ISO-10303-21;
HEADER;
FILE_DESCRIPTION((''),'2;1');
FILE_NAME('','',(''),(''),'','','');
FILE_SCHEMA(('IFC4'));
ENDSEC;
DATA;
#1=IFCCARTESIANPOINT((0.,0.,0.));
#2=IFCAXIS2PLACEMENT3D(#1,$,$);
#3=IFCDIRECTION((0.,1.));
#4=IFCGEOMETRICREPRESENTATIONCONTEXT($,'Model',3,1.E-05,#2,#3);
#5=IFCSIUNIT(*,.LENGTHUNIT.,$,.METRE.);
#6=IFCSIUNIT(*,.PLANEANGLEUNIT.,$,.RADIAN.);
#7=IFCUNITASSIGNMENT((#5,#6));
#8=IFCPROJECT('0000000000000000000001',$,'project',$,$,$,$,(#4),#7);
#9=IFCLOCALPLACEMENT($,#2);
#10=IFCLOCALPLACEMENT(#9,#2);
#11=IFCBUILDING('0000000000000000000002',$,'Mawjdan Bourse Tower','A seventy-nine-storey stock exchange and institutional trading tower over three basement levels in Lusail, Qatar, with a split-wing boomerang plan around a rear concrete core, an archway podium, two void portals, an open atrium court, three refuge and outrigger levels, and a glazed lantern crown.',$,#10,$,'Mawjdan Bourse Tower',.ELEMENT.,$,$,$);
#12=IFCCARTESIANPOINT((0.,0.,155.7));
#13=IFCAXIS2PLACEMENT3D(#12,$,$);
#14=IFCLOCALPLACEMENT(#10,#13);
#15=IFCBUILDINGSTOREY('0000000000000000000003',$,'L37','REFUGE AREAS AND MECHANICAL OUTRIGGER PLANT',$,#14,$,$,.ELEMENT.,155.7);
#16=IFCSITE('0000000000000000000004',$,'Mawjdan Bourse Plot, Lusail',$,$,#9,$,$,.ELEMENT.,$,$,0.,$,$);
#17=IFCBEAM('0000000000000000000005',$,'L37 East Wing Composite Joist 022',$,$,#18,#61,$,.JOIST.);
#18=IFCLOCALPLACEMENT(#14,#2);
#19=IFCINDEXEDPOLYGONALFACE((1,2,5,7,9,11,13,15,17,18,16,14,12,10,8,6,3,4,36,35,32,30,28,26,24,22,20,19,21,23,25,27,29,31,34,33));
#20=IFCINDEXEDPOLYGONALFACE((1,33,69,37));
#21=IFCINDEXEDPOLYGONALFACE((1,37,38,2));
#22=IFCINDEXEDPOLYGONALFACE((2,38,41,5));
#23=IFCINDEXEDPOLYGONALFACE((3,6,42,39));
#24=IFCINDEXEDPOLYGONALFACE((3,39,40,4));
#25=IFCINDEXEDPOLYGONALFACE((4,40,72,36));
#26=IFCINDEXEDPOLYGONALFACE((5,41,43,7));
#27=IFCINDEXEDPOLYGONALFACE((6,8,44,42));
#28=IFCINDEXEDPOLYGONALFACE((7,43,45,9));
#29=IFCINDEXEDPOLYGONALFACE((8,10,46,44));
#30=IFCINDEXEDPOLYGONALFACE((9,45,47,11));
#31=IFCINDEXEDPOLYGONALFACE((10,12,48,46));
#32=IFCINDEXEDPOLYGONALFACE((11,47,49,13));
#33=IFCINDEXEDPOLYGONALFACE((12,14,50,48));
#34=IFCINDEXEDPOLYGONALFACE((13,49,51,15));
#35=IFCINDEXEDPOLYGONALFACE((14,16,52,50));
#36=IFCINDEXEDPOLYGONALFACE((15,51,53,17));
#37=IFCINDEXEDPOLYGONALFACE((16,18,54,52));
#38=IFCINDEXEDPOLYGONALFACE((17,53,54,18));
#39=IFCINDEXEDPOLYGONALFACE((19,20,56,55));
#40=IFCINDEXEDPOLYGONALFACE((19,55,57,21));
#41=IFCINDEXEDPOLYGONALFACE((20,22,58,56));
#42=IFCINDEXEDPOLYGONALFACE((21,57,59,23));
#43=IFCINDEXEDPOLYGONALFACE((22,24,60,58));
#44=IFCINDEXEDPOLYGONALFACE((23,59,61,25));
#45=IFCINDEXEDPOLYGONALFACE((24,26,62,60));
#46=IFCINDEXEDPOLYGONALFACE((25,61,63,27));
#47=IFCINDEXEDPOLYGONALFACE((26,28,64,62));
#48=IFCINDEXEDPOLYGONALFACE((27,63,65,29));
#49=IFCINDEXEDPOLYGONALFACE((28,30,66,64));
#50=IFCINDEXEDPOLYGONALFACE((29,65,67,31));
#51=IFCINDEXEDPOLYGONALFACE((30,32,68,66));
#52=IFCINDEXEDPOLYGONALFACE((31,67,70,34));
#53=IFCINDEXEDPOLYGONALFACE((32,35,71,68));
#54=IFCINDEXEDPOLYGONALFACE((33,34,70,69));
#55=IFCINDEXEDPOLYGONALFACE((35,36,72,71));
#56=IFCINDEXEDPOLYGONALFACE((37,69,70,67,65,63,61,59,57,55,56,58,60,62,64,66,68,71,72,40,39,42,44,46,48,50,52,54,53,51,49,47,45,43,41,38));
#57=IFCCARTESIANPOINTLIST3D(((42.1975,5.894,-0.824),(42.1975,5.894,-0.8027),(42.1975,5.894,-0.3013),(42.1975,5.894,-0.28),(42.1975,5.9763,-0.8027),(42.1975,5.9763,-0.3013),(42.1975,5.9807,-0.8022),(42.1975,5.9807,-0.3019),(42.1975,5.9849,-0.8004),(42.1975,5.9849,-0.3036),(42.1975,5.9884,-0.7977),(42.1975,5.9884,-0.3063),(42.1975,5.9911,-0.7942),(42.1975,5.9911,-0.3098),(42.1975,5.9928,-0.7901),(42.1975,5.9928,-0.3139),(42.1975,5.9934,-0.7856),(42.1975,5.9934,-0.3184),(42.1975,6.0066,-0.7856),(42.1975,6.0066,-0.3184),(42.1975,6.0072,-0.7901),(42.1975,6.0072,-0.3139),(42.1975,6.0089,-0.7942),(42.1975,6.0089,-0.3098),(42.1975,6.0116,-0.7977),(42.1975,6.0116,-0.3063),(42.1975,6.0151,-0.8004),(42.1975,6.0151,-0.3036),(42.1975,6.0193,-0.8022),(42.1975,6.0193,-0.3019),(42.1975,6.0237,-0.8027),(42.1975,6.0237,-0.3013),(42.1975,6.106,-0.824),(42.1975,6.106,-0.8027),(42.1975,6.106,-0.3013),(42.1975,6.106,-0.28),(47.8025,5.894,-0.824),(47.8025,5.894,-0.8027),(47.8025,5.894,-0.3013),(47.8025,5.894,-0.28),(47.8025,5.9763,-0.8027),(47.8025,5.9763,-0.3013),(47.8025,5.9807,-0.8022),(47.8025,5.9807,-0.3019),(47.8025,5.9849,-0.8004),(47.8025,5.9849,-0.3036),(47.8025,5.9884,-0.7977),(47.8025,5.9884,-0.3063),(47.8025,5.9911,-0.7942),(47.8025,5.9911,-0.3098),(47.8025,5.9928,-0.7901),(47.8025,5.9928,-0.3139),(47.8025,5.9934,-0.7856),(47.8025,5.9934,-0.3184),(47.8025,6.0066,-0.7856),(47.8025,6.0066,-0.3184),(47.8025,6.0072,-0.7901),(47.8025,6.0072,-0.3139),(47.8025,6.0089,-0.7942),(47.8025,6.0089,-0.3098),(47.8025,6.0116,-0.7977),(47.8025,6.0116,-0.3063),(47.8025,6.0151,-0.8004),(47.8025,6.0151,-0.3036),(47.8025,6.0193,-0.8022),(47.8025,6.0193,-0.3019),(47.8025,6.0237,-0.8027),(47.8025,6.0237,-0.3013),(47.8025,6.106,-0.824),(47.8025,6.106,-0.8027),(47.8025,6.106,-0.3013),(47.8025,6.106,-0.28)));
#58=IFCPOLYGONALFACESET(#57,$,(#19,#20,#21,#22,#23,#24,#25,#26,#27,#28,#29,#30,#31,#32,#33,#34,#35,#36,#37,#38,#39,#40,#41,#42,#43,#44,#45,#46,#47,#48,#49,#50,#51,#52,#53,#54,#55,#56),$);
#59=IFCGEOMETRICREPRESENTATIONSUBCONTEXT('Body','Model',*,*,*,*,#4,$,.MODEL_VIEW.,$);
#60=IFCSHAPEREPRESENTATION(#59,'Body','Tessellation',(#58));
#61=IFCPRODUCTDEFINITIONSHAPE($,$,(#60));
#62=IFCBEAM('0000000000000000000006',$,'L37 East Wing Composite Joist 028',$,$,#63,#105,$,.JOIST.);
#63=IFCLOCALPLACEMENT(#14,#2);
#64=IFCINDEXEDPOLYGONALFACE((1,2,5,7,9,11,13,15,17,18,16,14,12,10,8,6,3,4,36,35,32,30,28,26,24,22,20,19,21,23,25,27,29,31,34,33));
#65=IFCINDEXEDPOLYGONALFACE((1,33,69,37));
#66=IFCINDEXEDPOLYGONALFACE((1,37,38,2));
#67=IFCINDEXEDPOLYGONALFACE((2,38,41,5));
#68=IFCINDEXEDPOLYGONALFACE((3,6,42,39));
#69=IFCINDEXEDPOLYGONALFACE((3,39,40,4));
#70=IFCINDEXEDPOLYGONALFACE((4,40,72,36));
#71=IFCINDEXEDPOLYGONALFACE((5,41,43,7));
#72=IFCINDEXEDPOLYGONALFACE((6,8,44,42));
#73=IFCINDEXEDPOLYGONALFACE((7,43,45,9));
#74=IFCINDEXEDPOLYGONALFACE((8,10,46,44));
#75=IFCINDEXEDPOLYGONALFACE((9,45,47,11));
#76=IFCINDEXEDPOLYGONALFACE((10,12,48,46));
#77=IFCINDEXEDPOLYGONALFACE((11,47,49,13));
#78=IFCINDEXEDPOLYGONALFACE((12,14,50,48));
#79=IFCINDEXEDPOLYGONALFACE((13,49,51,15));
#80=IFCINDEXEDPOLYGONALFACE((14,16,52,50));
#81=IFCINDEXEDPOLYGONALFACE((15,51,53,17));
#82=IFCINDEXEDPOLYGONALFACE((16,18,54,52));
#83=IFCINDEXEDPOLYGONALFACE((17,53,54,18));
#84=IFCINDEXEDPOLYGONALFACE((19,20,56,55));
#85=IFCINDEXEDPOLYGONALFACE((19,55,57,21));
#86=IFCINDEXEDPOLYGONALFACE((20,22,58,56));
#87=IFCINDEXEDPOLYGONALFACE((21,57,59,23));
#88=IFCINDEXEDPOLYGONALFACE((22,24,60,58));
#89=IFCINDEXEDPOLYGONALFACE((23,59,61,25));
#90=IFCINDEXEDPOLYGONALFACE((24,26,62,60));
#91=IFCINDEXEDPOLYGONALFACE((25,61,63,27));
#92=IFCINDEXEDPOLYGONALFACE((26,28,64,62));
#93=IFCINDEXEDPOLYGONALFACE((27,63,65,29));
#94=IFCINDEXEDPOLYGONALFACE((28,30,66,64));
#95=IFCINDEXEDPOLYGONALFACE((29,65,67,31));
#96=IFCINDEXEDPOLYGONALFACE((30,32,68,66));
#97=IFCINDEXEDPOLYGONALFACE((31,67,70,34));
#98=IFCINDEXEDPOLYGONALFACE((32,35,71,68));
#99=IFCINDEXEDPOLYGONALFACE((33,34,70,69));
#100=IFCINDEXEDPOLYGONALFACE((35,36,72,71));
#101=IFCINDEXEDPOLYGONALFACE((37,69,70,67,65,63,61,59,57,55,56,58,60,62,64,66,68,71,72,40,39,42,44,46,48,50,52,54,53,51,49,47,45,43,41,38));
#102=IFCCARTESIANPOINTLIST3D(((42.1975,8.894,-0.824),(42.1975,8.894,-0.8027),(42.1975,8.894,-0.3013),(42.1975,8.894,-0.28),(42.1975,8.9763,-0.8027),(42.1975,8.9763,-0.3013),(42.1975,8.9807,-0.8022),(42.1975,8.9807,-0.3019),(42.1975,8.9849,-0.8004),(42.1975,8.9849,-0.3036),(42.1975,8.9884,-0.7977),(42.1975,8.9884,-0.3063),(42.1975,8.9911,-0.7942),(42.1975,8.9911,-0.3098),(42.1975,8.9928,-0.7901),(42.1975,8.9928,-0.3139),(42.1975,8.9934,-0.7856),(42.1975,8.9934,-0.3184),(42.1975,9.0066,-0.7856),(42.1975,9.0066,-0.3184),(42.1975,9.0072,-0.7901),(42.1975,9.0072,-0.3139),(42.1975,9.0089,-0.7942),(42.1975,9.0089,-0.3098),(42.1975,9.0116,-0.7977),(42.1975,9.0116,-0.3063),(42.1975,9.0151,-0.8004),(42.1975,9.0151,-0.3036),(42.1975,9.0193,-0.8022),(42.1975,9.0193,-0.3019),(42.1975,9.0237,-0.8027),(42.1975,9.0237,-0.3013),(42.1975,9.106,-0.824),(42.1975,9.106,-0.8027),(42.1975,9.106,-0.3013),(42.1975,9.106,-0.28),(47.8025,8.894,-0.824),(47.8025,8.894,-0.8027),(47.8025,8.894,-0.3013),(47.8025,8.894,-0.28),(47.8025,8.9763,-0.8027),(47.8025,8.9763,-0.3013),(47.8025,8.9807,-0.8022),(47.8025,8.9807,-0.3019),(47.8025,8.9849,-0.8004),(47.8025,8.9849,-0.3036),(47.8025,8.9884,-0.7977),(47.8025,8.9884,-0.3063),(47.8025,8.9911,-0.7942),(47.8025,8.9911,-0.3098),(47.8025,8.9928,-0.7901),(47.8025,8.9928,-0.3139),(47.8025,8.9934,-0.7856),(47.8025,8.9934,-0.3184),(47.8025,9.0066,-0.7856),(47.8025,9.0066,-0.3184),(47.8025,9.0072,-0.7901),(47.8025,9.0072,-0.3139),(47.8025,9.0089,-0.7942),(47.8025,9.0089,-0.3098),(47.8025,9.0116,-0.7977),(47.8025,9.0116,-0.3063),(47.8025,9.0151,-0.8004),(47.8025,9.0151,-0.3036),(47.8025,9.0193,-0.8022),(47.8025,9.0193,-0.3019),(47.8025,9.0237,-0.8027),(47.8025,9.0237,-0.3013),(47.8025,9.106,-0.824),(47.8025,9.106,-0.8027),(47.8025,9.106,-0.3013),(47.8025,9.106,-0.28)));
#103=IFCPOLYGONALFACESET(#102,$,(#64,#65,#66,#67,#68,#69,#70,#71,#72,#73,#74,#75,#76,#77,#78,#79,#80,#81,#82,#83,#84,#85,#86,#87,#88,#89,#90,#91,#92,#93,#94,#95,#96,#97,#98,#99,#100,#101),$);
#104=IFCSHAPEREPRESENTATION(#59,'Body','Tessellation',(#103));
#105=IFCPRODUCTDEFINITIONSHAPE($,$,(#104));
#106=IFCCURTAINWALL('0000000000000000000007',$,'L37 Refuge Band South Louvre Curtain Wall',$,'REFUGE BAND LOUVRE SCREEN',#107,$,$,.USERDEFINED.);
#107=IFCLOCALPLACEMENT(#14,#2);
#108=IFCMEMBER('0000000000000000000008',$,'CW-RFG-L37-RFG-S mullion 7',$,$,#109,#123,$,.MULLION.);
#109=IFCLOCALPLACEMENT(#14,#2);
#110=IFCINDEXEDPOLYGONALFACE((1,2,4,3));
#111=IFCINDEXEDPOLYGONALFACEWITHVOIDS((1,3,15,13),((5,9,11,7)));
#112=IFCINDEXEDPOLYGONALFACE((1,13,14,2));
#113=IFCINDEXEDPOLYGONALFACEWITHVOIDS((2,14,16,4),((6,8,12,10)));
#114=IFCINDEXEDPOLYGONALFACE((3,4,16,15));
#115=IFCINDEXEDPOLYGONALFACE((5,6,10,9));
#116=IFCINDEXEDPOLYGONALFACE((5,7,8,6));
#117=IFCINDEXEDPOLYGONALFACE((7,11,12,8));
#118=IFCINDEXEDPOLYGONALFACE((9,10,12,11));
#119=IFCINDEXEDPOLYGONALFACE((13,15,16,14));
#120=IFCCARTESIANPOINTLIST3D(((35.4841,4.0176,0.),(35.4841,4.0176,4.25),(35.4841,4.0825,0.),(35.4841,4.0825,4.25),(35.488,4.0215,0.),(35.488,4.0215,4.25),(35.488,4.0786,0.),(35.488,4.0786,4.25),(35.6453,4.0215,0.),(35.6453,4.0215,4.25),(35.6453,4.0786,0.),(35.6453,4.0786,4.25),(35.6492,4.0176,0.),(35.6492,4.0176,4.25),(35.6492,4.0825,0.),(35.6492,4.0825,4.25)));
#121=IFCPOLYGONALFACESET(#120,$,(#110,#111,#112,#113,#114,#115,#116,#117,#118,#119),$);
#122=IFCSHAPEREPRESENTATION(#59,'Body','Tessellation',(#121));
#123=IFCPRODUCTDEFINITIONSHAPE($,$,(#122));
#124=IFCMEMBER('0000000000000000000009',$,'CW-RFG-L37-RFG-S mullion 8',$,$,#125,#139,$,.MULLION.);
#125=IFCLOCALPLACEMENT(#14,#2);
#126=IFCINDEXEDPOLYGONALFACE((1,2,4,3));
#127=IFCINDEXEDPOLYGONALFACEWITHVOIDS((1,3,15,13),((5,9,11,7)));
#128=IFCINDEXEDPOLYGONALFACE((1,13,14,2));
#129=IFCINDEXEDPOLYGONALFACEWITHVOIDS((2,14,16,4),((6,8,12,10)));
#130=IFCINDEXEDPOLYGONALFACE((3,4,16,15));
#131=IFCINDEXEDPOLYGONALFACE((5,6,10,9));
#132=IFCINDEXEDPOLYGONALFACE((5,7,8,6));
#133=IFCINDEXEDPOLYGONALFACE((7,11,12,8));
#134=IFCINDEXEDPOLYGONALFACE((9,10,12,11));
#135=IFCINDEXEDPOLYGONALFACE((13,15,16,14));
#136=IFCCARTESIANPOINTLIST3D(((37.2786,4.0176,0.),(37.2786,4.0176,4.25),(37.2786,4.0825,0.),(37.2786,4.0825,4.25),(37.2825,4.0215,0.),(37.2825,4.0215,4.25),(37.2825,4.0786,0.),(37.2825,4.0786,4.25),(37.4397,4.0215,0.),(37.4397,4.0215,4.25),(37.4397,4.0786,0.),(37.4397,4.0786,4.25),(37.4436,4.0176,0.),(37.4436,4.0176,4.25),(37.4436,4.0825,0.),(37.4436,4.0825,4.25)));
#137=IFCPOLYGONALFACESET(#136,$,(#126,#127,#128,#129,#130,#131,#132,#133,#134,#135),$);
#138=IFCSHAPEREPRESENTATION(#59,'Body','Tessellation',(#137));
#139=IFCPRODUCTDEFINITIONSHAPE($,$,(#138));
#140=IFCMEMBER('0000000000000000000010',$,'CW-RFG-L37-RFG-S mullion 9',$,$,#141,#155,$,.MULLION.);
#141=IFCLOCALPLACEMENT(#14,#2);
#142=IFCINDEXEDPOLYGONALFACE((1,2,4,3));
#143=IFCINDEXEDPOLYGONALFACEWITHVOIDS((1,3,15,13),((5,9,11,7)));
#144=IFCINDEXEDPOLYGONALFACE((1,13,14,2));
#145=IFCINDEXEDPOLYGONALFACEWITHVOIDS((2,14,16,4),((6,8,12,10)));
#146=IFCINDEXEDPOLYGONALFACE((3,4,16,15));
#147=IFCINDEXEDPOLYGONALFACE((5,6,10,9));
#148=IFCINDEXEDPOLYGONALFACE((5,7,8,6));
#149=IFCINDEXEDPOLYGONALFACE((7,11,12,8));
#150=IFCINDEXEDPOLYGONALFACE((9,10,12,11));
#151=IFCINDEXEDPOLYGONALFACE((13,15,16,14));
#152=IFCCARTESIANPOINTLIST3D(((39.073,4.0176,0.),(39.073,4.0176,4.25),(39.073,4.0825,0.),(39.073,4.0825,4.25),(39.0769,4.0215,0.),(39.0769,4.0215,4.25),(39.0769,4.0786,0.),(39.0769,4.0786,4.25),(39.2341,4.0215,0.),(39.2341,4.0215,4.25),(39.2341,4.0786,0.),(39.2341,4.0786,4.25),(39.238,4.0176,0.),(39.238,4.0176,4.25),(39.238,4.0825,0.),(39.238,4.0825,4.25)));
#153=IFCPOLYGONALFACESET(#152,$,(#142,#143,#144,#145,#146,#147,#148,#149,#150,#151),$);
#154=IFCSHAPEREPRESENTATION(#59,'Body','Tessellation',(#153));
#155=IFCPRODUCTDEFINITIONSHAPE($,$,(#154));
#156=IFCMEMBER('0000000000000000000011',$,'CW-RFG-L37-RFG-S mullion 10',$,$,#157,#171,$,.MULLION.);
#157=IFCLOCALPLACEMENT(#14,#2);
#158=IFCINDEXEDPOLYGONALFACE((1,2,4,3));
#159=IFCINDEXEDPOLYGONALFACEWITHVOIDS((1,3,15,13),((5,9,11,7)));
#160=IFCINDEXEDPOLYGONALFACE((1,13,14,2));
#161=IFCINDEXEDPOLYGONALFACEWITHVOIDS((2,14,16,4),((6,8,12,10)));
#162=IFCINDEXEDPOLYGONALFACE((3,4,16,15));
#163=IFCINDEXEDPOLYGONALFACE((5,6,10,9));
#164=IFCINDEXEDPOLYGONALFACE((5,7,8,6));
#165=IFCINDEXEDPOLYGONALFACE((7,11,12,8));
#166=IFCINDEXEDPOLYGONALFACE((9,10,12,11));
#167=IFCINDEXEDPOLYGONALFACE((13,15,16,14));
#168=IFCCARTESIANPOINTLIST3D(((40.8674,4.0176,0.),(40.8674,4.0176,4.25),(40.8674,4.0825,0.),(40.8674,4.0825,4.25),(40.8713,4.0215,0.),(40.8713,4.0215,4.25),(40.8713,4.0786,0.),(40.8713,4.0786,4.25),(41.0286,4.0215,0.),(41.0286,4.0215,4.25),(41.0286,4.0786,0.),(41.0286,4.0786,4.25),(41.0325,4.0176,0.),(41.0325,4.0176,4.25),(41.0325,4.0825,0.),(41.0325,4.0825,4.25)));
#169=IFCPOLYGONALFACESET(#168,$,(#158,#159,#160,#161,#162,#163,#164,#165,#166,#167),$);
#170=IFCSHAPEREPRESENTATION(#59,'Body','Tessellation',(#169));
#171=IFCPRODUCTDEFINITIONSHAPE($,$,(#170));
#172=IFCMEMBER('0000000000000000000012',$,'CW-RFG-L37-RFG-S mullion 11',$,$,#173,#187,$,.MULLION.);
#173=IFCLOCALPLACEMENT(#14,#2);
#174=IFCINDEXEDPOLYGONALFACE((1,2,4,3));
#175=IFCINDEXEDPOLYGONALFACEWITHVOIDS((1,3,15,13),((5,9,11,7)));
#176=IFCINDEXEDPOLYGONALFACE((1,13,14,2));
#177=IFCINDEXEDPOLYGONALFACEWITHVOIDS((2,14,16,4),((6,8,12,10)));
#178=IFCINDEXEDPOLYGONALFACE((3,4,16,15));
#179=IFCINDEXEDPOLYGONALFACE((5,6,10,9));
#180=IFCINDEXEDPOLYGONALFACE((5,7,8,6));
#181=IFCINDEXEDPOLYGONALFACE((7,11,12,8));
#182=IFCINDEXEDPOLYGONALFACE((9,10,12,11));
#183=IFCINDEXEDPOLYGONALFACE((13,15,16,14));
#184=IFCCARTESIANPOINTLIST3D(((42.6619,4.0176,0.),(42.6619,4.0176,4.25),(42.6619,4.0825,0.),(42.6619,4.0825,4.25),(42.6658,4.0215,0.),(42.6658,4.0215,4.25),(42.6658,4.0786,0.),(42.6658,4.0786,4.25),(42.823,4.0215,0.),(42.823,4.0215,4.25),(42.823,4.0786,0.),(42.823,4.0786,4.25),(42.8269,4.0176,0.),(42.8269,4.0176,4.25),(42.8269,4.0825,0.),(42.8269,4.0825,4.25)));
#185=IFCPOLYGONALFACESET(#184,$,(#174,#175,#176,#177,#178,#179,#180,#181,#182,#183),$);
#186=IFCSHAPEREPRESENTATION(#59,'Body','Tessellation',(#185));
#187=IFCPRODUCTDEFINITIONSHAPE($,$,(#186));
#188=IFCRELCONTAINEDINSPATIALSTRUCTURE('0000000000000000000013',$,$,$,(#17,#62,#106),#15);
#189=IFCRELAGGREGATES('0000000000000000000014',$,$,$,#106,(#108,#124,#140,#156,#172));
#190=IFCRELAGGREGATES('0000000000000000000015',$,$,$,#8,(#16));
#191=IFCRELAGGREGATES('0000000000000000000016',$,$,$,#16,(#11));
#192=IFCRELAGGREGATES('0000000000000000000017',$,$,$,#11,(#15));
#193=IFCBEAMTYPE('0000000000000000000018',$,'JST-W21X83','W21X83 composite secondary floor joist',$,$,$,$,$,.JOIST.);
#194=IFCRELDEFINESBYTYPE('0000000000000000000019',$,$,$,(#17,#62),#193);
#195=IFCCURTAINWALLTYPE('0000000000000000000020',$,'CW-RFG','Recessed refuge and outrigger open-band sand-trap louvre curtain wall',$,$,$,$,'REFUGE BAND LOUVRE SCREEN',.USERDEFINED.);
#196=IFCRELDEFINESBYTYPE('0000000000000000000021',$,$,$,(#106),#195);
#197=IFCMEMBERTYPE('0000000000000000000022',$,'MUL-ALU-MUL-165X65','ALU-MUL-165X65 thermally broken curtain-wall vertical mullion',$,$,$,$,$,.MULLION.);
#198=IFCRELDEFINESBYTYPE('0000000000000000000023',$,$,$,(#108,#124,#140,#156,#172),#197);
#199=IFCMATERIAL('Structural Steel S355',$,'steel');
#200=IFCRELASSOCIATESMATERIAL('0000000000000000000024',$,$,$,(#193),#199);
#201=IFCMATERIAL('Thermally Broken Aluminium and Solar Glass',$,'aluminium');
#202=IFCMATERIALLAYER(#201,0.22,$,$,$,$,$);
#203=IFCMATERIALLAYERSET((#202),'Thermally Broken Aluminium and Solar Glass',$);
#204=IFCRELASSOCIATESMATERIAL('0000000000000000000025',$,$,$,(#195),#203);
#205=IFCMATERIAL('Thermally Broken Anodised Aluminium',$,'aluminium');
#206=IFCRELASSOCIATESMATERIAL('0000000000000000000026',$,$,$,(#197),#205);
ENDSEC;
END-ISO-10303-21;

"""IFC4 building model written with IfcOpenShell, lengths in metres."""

from ifc_helpers import new_model, si_unit, direction, frame, origin, origin_2d, place, context, subcontext, project, spatial, hollow_rectangle, i_section, extrude, material, layer, layer_set, material_profile, profile_set, type_object, element, aggregate, save


model = new_model("IFC4")

# Units and contexts
model_context = context("Model", 3, precision=1e-05, world=origin(), true_north=direction((0.0, 1.0)))
body_context = subcontext(model_context, "Body", "Model", "MODEL_VIEW")
ifc_project = project(units=[si_unit("LENGTHUNIT", "METRE"), si_unit("PLANEANGLEUNIT", "RADIAN")], contexts=[model_context])

# Site, building, storey
site_placement = place(None, origin())
site = spatial("IfcSite", under=ifc_project, at=site_placement, Name="Mawjdan Bourse Plot, Lusail", CompositionType="ELEMENT", RefElevation=0.0)
building_placement = place(site_placement, origin())
building = spatial("IfcBuilding", under=site, at=building_placement, Name="Mawjdan Bourse Tower", Description="A seventy-nine-storey stock exchange and institutional trading tower over three basement levels in Lusail, Qatar, with a split-wing boomerang plan around a rear concrete core, an archway podium, two void portals, an open atrium court, three refuge and outrigger levels, and a glazed lantern crown.", LongName="Mawjdan Bourse Tower", CompositionType="ELEMENT")
storey_placement = place(building_placement, frame((0.0, 0.0, 155.7)))
storey = spatial("IfcBuildingStorey", under=building, at=storey_placement, Name="L37", Description="REFUGE AREAS AND MECHANICAL OUTRIGGER PLANT", CompositionType="ELEMENT", Elevation=155.7)

# Beams
ifc_material_1 = material(Name="Structural Steel S355", Category="steel")
ifc_material_profile_1 = material_profile(ifc_material_1, i_section(OverallWidth=0.2119, OverallDepth=0.5439, WebThickness=0.0132, FlangeThickness=0.0212, FilletRadius=0.0171, at=origin_2d()), Name="W21X83")
ifc_profile_set_1 = profile_set([ifc_material_profile_1], Name="Structural Steel S355")
beam_type_1 = type_object("IfcBeamType", Name="JST-W21X83", Description="W21X83 composite secondary floor joist", PredefinedType="JOIST", material=ifc_profile_set_1)
for number, where, z_axis, x_axis, name in (
    (1, (42.1975, 6.0, -0.552), (1.0, 0.0, 0.0), (0.0, 1.0, 0.0), "L37 East Wing Composite Joist 022"),
    (2, (42.1975, 9.0, -0.552), (1.0, 0.0, 0.0), (0.0, 1.0, 0.0), "L37 East Wing Composite Joist 028"),
):
    element("IfcBeam", number, at=place(storey_placement, frame(where, z_axis=z_axis, x_axis=x_axis)), inside=storey, type_object=beam_type_1, Name=name, PredefinedType="JOIST", context=body_context, shape_type="SweptSolid", body=[
        extrude(i_section(OverallWidth=0.2119, OverallDepth=0.5439, WebThickness=0.0132, FlangeThickness=0.0212, FilletRadius=0.0171, at=origin_2d()), origin(), (0.0, 0.0, 1.0), 5.605),
    ])

# Curtain wall, members
ifc_material_2 = material(Name="Thermally Broken Aluminium and Solar Glass", Category="aluminium")
ifc_layer_1 = layer(ifc_material_2, 0.22)
ifc_layer_set_1 = layer_set([ifc_layer_1], Name="Thermally Broken Aluminium and Solar Glass")
curtain_wall_type = type_object("IfcCurtainWallType", Name="CW-RFG", Description="Recessed refuge and outrigger open-band sand-trap louvre curtain wall", ElementType="REFUGE BAND LOUVRE SCREEN", PredefinedType="USERDEFINED", material=ifc_layer_set_1)
curtain_wall_placement = place(storey_placement, origin())
curtain_wall = element("IfcCurtainWall", 3, at=curtain_wall_placement, inside=storey, type_object=curtain_wall_type, Name="L37 Refuge Band South Louvre Curtain Wall", ObjectType="REFUGE BAND LOUVRE SCREEN", PredefinedType="USERDEFINED")
ifc_material_3 = material(Name="Thermally Broken Anodised Aluminium", Category="aluminium")
ifc_material_profile_2 = material_profile(ifc_material_3, hollow_rectangle(XDim=0.0649, YDim=0.165, WallThickness=0.0039, at=origin_2d()), Name="ALU-MUL-165X65")
ifc_profile_set_2 = profile_set([ifc_material_profile_2], Name="Thermally Broken Anodised Aluminium")
member_type_1 = type_object("IfcMemberType", Name="MUL-ALU-MUL-165X65", Description="ALU-MUL-165X65 thermally broken curtain-wall vertical mullion", PredefinedType="MULLION", material=ifc_profile_set_2)
member_1_placement = place(storey_placement, frame((35.5667, 4.05, 0.0), z_axis=(0.0, 0.0, 1.0), x_axis=(0.0, 1.0, 0.0)))
member_1 = element("IfcMember", 4, at=member_1_placement, type_object=member_type_1, Name="CW-RFG-L37-RFG-S mullion 7", PredefinedType="MULLION", context=body_context, shape_type="SweptSolid", body=[
    extrude(hollow_rectangle(XDim=0.0649, YDim=0.165, WallThickness=0.0039, at=origin_2d()), origin(), (0.0, 0.0, 1.0), 4.25),
])
member_2_placement = place(storey_placement, frame((37.3611, 4.05, 0.0), z_axis=(0.0, 0.0, 1.0), x_axis=(0.0, 1.0, 0.0)))
member_2 = element("IfcMember", 5, at=member_2_placement, type_object=member_type_1, Name="CW-RFG-L37-RFG-S mullion 8", PredefinedType="MULLION", context=body_context, shape_type="SweptSolid", body=[
    extrude(hollow_rectangle(XDim=0.0649, YDim=0.165, WallThickness=0.0039, at=origin_2d()), origin(), (0.0, 0.0, 1.0), 4.25),
])
member_3_placement = place(storey_placement, frame((39.1555, 4.05, 0.0), z_axis=(0.0, 0.0, 1.0), x_axis=(0.0, 1.0, 0.0)))
member_3 = element("IfcMember", 6, at=member_3_placement, type_object=member_type_1, Name="CW-RFG-L37-RFG-S mullion 9", PredefinedType="MULLION", context=body_context, shape_type="SweptSolid", body=[
    extrude(hollow_rectangle(XDim=0.0649, YDim=0.165, WallThickness=0.0039, at=origin_2d()), origin(), (0.0, 0.0, 1.0), 4.25),
])
member_4_placement = place(storey_placement, frame((40.95, 4.05, 0.0), z_axis=(0.0, 0.0, 1.0), x_axis=(0.0, 1.0, 0.0)))
member_4 = element("IfcMember", 7, at=member_4_placement, type_object=member_type_1, Name="CW-RFG-L37-RFG-S mullion 10", PredefinedType="MULLION", context=body_context, shape_type="SweptSolid", body=[
    extrude(hollow_rectangle(XDim=0.0649, YDim=0.165, WallThickness=0.0039, at=origin_2d()), origin(), (0.0, 0.0, 1.0), 4.25),
])
member_5_placement = place(storey_placement, frame((42.7444, 4.05, 0.0), z_axis=(0.0, 0.0, 1.0), x_axis=(0.0, 1.0, 0.0)))
member_5 = element("IfcMember", 8, at=member_5_placement, type_object=member_type_1, Name="CW-RFG-L37-RFG-S mullion 11", PredefinedType="MULLION", context=body_context, shape_type="SweptSolid", body=[
    extrude(hollow_rectangle(XDim=0.0649, YDim=0.165, WallThickness=0.0039, at=origin_2d()), origin(), (0.0, 0.0, 1.0), 4.25),
])

aggregate(curtain_wall, [member_1, member_2, member_3, member_4, member_5])

save(model, "model.ifc")
